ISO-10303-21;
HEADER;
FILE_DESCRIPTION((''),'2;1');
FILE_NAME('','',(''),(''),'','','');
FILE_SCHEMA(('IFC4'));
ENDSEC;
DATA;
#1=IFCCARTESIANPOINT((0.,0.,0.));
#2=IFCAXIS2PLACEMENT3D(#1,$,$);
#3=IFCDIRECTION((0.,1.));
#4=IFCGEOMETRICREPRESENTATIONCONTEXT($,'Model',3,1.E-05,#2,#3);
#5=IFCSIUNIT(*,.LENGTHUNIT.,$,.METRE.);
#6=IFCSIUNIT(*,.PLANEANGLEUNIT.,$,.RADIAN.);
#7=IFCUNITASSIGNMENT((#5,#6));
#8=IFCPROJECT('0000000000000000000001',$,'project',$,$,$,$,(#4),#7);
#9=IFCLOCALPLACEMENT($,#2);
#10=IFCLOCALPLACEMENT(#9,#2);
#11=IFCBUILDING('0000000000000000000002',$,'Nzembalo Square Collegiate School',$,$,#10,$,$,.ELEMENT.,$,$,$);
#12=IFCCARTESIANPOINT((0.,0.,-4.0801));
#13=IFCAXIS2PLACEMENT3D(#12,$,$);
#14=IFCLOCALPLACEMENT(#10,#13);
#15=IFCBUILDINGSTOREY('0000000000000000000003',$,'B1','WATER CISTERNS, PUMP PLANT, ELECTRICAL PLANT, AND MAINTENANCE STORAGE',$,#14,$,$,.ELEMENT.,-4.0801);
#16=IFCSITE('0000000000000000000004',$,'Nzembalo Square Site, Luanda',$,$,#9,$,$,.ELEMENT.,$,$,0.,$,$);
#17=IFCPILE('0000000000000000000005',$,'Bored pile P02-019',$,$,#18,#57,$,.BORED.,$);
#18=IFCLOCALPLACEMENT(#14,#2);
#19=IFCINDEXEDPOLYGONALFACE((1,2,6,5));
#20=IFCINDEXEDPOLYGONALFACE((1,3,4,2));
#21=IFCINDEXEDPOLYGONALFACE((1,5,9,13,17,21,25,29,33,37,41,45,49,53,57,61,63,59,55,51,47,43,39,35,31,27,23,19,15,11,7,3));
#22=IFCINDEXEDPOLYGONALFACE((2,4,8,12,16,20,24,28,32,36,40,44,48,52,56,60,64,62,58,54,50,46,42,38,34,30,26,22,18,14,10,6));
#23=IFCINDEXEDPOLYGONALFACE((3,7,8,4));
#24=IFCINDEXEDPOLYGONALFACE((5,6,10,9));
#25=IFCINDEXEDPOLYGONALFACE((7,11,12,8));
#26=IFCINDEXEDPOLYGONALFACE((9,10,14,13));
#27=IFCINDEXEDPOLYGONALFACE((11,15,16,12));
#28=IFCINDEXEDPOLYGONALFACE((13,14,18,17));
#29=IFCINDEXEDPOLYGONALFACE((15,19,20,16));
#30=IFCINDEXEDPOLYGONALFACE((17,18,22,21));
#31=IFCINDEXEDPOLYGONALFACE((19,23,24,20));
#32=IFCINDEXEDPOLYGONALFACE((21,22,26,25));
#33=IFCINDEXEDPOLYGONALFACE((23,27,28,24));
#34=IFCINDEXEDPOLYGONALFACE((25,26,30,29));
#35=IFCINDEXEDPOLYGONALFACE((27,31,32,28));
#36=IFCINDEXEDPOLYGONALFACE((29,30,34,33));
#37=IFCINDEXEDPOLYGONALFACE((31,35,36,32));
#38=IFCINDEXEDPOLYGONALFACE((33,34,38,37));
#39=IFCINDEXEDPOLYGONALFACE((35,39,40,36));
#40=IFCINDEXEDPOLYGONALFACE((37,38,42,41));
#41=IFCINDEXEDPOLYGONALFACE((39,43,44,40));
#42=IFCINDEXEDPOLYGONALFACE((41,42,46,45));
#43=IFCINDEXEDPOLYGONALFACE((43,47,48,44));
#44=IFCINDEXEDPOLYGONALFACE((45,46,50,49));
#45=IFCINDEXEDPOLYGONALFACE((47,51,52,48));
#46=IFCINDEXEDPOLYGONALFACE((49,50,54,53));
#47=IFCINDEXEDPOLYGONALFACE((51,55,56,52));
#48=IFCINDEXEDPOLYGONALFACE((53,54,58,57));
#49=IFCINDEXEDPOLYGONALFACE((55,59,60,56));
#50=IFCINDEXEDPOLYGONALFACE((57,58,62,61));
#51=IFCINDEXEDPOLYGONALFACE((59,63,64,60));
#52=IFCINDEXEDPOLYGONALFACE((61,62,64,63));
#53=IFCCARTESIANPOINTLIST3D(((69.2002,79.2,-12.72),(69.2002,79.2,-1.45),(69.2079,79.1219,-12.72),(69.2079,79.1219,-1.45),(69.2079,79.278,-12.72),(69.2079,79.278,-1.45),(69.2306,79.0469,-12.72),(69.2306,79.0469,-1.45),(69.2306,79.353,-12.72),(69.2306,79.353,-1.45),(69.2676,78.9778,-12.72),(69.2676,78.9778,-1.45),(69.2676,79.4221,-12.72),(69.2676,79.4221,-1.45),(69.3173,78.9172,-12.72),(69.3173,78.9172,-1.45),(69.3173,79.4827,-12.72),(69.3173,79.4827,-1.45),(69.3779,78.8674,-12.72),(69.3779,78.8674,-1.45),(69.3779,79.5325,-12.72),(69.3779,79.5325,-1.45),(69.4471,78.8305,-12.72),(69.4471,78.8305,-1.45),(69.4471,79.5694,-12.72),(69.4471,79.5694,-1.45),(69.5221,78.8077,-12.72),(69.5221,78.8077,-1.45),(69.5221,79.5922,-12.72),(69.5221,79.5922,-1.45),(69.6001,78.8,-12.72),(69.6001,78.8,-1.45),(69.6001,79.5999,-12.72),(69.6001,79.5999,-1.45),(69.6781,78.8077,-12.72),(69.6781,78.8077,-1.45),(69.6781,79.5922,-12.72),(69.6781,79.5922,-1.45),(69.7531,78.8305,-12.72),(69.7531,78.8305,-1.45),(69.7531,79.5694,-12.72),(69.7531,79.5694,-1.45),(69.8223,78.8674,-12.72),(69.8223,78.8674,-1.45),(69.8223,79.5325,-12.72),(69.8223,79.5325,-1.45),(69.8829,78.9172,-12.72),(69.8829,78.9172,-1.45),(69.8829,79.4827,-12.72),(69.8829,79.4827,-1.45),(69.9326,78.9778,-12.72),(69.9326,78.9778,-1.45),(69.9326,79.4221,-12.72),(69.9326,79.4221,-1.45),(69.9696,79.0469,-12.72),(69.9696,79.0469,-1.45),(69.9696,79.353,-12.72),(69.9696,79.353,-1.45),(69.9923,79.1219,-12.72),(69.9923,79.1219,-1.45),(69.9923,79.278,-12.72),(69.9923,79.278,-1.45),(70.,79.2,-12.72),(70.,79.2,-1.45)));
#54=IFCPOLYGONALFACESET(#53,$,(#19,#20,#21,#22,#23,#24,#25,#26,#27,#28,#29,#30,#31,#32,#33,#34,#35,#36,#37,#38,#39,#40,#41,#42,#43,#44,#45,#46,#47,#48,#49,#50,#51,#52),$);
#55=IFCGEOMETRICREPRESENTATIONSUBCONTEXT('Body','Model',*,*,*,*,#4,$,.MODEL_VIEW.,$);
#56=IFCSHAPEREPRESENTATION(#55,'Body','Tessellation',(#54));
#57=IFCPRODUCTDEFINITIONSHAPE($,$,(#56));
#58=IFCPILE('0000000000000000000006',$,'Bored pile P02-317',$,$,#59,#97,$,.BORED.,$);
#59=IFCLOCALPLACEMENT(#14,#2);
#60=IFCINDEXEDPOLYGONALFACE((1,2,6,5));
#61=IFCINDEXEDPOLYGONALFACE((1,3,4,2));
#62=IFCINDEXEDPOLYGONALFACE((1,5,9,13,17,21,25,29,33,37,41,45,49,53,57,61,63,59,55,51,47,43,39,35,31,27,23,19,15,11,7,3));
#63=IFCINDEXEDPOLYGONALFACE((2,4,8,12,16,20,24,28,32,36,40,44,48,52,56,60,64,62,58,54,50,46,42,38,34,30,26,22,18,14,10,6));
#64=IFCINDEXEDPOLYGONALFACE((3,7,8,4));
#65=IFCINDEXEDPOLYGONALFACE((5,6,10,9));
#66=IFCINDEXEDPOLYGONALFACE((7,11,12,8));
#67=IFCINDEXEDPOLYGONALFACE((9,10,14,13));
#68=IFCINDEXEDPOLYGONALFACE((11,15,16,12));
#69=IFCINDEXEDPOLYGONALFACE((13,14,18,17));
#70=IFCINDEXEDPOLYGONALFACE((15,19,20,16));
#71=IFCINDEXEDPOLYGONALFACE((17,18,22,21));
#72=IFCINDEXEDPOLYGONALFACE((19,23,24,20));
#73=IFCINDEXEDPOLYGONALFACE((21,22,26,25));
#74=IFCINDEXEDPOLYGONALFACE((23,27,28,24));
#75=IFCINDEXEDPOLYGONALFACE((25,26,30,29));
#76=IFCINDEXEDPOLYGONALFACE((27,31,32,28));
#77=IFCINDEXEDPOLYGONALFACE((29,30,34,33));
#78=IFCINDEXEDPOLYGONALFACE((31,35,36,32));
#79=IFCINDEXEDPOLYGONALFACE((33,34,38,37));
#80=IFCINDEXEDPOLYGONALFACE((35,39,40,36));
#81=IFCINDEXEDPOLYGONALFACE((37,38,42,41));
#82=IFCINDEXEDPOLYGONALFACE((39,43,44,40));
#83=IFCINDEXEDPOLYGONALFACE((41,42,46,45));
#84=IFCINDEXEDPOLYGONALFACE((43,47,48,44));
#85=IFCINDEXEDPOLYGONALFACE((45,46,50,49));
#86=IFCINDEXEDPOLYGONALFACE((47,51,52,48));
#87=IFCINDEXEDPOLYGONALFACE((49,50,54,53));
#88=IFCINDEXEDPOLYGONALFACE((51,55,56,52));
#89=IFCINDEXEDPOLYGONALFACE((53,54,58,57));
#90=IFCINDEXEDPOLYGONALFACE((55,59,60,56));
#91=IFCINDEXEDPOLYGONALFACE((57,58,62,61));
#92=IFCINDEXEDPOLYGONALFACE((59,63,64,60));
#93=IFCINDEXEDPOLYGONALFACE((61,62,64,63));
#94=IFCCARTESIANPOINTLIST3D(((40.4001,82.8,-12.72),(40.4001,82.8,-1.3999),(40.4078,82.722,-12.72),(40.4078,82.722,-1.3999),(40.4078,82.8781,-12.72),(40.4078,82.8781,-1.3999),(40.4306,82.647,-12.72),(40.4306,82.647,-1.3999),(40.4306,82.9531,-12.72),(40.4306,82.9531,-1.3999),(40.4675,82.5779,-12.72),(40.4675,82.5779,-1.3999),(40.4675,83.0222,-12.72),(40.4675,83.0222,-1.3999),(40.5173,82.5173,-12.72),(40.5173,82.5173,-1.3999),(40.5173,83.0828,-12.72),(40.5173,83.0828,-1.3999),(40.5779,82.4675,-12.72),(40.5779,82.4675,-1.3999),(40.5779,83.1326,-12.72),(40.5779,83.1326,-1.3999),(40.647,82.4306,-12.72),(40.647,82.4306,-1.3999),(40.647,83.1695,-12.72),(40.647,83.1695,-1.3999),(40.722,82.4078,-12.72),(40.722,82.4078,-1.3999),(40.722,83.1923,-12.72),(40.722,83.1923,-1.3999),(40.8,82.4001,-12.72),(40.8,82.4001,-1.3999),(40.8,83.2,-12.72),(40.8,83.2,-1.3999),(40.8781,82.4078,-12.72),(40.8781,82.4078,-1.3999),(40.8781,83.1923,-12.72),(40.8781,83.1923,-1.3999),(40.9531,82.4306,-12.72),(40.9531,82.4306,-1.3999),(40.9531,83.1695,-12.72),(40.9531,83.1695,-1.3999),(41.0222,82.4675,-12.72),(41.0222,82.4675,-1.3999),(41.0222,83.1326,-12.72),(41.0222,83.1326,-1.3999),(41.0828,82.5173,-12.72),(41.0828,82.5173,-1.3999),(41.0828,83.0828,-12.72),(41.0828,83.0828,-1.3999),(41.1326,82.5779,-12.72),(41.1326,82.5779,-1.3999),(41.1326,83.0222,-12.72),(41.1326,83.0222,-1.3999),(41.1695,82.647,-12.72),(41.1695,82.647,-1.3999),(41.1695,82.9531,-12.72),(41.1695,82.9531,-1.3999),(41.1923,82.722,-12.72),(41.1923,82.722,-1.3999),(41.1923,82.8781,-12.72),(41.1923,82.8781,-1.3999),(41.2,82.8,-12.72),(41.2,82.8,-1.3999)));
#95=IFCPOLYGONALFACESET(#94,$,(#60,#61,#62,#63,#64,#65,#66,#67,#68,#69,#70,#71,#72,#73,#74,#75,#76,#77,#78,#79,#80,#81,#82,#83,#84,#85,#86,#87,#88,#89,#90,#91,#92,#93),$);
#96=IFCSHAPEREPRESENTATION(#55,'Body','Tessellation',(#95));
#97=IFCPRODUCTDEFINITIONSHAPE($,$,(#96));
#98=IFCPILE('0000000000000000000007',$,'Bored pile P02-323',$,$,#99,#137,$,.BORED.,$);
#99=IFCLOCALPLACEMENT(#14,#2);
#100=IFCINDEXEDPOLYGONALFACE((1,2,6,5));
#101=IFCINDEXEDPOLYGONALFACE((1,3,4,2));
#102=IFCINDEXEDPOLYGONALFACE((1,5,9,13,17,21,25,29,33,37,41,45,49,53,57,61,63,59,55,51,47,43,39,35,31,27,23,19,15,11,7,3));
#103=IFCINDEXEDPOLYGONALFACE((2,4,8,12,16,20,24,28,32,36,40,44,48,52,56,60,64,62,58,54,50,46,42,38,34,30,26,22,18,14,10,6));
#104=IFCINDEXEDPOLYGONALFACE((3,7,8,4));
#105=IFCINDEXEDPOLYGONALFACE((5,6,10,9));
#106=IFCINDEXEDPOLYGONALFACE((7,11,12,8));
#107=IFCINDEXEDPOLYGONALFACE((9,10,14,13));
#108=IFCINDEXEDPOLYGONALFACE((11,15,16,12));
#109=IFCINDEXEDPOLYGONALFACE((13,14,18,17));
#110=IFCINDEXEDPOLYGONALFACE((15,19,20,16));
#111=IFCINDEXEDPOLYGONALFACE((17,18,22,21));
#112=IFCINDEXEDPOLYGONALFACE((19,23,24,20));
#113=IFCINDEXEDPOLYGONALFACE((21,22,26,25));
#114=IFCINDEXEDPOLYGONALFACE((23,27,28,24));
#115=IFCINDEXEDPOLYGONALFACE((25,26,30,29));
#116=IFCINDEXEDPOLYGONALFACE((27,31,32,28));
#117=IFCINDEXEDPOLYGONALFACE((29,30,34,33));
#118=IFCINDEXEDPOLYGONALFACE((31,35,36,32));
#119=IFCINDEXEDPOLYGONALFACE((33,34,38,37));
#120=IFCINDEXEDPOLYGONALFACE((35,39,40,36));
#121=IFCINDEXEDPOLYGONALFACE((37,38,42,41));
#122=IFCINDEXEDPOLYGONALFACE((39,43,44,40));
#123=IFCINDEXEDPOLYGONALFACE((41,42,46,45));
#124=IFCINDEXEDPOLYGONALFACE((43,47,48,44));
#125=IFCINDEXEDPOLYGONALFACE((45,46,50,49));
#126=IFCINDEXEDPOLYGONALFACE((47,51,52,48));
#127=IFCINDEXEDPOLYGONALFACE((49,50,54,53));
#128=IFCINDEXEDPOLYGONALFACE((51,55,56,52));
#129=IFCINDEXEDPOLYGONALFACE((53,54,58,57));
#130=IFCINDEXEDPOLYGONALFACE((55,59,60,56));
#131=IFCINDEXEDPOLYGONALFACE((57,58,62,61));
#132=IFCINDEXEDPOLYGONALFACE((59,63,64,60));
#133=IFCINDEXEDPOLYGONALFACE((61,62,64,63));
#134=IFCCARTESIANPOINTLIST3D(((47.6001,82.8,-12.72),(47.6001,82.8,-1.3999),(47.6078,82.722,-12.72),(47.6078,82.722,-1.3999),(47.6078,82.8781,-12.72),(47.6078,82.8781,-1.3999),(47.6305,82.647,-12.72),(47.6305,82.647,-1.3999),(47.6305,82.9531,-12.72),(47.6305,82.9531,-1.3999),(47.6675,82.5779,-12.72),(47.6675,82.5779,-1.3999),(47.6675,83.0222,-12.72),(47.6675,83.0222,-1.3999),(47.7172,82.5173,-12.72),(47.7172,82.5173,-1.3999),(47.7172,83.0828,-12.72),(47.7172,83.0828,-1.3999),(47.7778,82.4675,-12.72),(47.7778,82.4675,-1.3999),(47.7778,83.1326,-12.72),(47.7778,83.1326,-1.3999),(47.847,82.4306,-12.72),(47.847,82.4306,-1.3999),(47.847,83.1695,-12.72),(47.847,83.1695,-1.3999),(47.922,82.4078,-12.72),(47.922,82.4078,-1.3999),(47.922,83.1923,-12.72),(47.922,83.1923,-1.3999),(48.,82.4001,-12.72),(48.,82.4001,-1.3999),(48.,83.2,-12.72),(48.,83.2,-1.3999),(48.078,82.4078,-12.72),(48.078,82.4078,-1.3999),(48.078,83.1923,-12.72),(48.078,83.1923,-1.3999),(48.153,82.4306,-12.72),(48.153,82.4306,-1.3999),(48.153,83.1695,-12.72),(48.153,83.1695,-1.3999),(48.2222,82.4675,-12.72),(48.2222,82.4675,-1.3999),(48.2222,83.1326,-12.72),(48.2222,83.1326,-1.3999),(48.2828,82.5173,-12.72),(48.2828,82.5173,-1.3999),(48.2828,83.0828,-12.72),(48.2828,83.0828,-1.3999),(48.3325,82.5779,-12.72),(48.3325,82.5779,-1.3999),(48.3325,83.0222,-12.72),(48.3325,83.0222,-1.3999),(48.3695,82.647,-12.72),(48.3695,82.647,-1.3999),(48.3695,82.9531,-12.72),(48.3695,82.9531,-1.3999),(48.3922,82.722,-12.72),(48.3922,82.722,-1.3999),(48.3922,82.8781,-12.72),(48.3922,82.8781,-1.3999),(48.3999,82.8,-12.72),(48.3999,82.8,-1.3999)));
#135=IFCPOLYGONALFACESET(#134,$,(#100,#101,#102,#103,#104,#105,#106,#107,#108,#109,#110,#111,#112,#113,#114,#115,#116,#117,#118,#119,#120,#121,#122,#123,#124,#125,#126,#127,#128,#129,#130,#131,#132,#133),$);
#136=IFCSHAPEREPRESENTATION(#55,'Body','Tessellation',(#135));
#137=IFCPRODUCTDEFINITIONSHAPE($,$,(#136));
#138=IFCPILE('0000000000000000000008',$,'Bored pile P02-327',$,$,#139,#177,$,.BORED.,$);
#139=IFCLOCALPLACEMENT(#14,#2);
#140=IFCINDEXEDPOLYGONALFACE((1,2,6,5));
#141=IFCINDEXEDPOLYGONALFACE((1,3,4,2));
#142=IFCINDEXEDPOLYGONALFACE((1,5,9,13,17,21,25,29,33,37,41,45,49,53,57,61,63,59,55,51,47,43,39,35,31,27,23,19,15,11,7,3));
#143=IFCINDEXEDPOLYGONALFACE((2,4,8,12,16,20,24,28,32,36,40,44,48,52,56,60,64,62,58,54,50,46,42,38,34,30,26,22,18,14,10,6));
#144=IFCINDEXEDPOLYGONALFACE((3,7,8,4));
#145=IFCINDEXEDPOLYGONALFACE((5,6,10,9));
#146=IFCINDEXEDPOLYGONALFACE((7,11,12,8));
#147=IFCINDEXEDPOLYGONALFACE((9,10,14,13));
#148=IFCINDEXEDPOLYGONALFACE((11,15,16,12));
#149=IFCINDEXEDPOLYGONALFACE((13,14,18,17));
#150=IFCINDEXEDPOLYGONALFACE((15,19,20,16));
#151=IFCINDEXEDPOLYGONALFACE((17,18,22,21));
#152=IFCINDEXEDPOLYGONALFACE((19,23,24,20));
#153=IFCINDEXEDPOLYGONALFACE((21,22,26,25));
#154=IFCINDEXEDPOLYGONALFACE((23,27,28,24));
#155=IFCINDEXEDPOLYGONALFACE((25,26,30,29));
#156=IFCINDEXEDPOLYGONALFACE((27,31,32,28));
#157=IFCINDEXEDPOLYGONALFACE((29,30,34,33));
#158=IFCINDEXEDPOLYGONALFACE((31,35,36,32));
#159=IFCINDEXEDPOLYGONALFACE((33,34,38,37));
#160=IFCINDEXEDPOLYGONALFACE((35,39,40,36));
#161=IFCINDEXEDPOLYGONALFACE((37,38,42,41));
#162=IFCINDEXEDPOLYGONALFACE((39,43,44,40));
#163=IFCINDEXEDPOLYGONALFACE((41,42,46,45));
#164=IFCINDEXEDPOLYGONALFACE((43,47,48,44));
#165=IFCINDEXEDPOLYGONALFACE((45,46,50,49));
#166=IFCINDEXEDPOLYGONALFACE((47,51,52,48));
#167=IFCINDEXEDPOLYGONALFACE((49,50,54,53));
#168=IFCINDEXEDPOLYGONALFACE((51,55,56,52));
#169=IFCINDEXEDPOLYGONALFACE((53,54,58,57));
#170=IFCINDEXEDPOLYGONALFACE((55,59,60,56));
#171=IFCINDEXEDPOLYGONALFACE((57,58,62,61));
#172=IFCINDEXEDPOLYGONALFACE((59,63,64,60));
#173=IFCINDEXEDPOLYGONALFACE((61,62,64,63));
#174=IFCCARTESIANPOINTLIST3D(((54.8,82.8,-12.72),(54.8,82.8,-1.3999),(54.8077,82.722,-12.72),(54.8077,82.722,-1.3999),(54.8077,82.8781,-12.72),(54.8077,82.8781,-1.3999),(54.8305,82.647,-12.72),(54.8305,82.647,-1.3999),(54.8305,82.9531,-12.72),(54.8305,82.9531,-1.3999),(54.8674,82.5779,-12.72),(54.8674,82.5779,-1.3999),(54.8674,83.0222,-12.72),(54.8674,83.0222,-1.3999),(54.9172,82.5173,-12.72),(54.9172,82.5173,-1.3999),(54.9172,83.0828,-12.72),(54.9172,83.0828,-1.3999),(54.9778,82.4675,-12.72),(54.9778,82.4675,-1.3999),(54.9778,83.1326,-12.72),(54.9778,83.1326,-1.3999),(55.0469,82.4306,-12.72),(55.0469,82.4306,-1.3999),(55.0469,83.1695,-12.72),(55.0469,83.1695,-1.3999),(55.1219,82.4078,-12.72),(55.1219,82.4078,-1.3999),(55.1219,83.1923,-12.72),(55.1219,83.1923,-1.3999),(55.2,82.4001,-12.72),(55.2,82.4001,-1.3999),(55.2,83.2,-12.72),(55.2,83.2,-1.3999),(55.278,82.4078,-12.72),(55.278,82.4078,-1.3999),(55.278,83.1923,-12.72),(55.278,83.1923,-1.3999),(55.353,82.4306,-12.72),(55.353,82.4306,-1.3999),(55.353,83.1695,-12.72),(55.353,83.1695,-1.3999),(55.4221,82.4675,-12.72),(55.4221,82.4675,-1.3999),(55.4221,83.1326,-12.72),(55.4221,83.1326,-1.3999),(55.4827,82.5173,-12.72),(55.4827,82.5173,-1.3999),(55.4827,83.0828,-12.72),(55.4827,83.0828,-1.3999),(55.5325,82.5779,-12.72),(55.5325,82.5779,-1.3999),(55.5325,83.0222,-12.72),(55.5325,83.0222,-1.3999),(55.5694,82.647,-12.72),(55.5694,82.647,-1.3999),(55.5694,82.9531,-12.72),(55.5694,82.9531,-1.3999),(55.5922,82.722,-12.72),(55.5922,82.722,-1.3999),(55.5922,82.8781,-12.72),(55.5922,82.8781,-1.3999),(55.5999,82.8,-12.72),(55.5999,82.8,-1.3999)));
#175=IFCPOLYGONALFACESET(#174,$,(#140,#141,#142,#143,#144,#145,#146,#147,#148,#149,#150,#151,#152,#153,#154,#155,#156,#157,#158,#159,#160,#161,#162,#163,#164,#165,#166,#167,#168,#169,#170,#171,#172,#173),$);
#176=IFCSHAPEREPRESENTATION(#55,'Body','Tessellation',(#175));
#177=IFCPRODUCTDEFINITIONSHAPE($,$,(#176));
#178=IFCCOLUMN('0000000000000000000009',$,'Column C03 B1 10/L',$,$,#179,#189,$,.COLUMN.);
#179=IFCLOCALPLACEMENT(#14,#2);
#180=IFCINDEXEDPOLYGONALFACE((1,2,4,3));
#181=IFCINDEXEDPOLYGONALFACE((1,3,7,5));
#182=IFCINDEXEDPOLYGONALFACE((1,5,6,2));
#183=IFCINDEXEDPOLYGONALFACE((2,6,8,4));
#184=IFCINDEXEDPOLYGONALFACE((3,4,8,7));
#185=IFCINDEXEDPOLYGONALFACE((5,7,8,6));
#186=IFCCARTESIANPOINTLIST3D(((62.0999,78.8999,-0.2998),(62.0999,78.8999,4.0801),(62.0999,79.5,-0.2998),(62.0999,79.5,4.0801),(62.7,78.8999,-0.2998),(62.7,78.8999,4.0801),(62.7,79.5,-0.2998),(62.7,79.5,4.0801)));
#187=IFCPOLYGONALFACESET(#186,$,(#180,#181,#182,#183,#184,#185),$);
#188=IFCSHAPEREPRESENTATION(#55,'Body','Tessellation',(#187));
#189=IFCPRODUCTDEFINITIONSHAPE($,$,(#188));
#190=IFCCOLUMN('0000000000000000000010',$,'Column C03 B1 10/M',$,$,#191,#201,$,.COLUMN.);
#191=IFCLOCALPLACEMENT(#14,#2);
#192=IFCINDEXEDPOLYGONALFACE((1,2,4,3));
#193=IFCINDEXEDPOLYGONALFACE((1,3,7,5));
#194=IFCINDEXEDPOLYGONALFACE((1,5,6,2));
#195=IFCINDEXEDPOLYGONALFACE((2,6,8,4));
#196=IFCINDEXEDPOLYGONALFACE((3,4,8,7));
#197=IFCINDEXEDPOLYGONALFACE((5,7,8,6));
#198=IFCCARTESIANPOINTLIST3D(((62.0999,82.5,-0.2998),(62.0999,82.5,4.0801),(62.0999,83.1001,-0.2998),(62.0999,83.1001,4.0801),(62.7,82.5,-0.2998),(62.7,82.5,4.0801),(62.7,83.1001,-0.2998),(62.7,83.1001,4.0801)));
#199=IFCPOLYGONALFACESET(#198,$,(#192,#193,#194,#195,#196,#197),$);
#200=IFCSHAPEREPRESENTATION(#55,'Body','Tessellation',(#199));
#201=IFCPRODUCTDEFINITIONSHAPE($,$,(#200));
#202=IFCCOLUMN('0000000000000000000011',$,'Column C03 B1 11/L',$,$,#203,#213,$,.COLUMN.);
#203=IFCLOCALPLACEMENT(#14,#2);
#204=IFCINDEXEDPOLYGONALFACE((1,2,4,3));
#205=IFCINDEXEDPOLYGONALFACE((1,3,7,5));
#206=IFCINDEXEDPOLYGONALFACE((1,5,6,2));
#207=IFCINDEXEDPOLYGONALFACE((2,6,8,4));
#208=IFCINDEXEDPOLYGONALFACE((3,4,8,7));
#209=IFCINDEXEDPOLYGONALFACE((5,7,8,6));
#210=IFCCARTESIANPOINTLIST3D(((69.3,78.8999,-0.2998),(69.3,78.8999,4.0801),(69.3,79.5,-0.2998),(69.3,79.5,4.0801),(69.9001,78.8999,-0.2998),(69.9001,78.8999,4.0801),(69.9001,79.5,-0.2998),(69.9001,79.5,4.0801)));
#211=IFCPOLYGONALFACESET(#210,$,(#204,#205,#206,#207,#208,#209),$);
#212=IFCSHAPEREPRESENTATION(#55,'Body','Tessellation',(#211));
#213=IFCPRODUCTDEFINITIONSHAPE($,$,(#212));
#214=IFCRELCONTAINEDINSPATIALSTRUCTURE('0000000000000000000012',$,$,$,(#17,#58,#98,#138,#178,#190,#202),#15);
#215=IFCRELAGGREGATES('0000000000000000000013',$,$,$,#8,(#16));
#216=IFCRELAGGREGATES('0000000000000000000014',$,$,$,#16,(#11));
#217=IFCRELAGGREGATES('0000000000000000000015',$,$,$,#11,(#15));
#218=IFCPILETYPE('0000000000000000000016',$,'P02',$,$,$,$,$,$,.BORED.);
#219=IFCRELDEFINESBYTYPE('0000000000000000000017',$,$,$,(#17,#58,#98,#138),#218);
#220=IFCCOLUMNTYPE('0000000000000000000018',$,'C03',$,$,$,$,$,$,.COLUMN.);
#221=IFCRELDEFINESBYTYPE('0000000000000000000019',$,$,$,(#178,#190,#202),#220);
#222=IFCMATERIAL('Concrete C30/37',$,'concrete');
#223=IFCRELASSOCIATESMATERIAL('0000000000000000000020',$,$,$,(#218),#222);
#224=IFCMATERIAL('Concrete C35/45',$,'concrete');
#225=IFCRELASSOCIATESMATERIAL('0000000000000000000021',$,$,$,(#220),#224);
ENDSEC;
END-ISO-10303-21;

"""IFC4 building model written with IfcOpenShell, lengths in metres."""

from ifc_helpers import new_model, si_unit, direction, frame, origin, origin_2d, place, context, subcontext, project, spatial, rectangle, circle, extrude, material, material_profile, profile_set, type_object, element, save


model = new_model("IFC4")

# Units and contexts
model_context = context("Model", 3, precision=1e-05, world=origin(), true_north=direction((0.0, 1.0)))
body_context = subcontext(model_context, "Body", "Model", "MODEL_VIEW")
ifc_project = project(units=[si_unit("LENGTHUNIT", "METRE"), si_unit("PLANEANGLEUNIT", "RADIAN")], contexts=[model_context])

# Site, building, storey
site_placement = place(None, origin())
site = spatial("IfcSite", under=ifc_project, at=site_placement, Name="Nzembalo Square Site, Luanda", CompositionType="ELEMENT", RefElevation=0.0)
building_placement = place(site_placement, origin())
building = spatial("IfcBuilding", under=site, at=building_placement, Name="Nzembalo Square Collegiate School", CompositionType="ELEMENT")
storey_placement = place(building_placement, frame((0.0, 0.0, -4.0801)))
storey = spatial("IfcBuildingStorey", under=building, at=storey_placement, Name="B1", Description="WATER CISTERNS, PUMP PLANT, ELECTRICAL PLANT, AND MAINTENANCE STORAGE", CompositionType="ELEMENT", Elevation=-4.0801)

# Piles
ifc_material_1 = material(Name="Concrete C30/37", Category="concrete")
ifc_material_profile_1 = material_profile(ifc_material_1, circle(Radius=0.3999, at=origin_2d()), Name="PILE D800")
ifc_profile_set_1 = profile_set([ifc_material_profile_1], Name="Concrete C30/37")
pile_type = type_object("IfcPileType", Name="P02", PredefinedType="BORED", material=ifc_profile_set_1)
pile_1_placement = place(storey_placement, frame((69.6001, 79.2, -1.45), z_axis=(0.0, 0.0, -1.0), x_axis=(1.0, 0.0, 0.0)))
element("IfcPile", 1, at=pile_1_placement, inside=storey, type_object=pile_type, Name="Bored pile P02-019", PredefinedType="BORED", context=body_context, shape_type="SweptSolid", body=[
    extrude(circle(Radius=0.3999, at=origin_2d()), origin(), (0.0, 0.0, 1.0), 11.27),
])
for number, where, z_axis, x_axis, name in (
    (2, (40.8, 82.8, -1.3999), (0.0, 0.0, -1.0), (1.0, 0.0, 0.0), "Bored pile P02-317"),
    (3, (48.0, 82.8, -1.3999), (0.0, 0.0, -1.0), (1.0, 0.0, 0.0), "Bored pile P02-323"),
    (4, (55.2, 82.8, -1.3999), (0.0, 0.0, -1.0), (1.0, 0.0, 0.0), "Bored pile P02-327"),
):
    element("IfcPile", number, at=place(storey_placement, frame(where, z_axis=z_axis, x_axis=x_axis)), inside=storey, type_object=pile_type, Name=name, PredefinedType="BORED", context=body_context, shape_type="SweptSolid", body=[
        extrude(circle(Radius=0.3999, at=origin_2d()), origin(), (0.0, 0.0, 1.0), 11.3201),
    ])

# Columns
ifc_material_2 = material(Name="Concrete C35/45", Category="concrete")
ifc_material_profile_2 = material_profile(ifc_material_2, rectangle(XDim=0.6001, YDim=0.6001, at=origin_2d()), Name="RC 600x600")
ifc_profile_set_2 = profile_set([ifc_material_profile_2], Name="Concrete C35/45")
column_type_1 = type_object("IfcColumnType", Name="C03", PredefinedType="COLUMN", material=ifc_profile_set_2)
for number, where, z_axis, x_axis, name in (
    (5, (62.3999, 79.2, -0.2998), (0.0, 0.0, 1.0), (1.0, 0.0, 0.0), "Column C03 B1 10/L"),
    (6, (62.3999, 82.8, -0.2998), (0.0, 0.0, 1.0), (1.0, 0.0, 0.0), "Column C03 B1 10/M"),
    (7, (69.6001, 79.2, -0.2998), (0.0, 0.0, 1.0), (1.0, 0.0, 0.0), "Column C03 B1 11/L"),
):
    element("IfcColumn", number, at=place(storey_placement, frame(where, z_axis=z_axis, x_axis=x_axis)), inside=storey, type_object=column_type_1, Name=name, PredefinedType="COLUMN", context=body_context, shape_type="SweptSolid", body=[
        extrude(rectangle(XDim=0.6001, YDim=0.6001, at=origin_2d()), origin(), (0.0, 0.0, 1.0), 4.3799),
    ])

save(model, "model.ifc")
